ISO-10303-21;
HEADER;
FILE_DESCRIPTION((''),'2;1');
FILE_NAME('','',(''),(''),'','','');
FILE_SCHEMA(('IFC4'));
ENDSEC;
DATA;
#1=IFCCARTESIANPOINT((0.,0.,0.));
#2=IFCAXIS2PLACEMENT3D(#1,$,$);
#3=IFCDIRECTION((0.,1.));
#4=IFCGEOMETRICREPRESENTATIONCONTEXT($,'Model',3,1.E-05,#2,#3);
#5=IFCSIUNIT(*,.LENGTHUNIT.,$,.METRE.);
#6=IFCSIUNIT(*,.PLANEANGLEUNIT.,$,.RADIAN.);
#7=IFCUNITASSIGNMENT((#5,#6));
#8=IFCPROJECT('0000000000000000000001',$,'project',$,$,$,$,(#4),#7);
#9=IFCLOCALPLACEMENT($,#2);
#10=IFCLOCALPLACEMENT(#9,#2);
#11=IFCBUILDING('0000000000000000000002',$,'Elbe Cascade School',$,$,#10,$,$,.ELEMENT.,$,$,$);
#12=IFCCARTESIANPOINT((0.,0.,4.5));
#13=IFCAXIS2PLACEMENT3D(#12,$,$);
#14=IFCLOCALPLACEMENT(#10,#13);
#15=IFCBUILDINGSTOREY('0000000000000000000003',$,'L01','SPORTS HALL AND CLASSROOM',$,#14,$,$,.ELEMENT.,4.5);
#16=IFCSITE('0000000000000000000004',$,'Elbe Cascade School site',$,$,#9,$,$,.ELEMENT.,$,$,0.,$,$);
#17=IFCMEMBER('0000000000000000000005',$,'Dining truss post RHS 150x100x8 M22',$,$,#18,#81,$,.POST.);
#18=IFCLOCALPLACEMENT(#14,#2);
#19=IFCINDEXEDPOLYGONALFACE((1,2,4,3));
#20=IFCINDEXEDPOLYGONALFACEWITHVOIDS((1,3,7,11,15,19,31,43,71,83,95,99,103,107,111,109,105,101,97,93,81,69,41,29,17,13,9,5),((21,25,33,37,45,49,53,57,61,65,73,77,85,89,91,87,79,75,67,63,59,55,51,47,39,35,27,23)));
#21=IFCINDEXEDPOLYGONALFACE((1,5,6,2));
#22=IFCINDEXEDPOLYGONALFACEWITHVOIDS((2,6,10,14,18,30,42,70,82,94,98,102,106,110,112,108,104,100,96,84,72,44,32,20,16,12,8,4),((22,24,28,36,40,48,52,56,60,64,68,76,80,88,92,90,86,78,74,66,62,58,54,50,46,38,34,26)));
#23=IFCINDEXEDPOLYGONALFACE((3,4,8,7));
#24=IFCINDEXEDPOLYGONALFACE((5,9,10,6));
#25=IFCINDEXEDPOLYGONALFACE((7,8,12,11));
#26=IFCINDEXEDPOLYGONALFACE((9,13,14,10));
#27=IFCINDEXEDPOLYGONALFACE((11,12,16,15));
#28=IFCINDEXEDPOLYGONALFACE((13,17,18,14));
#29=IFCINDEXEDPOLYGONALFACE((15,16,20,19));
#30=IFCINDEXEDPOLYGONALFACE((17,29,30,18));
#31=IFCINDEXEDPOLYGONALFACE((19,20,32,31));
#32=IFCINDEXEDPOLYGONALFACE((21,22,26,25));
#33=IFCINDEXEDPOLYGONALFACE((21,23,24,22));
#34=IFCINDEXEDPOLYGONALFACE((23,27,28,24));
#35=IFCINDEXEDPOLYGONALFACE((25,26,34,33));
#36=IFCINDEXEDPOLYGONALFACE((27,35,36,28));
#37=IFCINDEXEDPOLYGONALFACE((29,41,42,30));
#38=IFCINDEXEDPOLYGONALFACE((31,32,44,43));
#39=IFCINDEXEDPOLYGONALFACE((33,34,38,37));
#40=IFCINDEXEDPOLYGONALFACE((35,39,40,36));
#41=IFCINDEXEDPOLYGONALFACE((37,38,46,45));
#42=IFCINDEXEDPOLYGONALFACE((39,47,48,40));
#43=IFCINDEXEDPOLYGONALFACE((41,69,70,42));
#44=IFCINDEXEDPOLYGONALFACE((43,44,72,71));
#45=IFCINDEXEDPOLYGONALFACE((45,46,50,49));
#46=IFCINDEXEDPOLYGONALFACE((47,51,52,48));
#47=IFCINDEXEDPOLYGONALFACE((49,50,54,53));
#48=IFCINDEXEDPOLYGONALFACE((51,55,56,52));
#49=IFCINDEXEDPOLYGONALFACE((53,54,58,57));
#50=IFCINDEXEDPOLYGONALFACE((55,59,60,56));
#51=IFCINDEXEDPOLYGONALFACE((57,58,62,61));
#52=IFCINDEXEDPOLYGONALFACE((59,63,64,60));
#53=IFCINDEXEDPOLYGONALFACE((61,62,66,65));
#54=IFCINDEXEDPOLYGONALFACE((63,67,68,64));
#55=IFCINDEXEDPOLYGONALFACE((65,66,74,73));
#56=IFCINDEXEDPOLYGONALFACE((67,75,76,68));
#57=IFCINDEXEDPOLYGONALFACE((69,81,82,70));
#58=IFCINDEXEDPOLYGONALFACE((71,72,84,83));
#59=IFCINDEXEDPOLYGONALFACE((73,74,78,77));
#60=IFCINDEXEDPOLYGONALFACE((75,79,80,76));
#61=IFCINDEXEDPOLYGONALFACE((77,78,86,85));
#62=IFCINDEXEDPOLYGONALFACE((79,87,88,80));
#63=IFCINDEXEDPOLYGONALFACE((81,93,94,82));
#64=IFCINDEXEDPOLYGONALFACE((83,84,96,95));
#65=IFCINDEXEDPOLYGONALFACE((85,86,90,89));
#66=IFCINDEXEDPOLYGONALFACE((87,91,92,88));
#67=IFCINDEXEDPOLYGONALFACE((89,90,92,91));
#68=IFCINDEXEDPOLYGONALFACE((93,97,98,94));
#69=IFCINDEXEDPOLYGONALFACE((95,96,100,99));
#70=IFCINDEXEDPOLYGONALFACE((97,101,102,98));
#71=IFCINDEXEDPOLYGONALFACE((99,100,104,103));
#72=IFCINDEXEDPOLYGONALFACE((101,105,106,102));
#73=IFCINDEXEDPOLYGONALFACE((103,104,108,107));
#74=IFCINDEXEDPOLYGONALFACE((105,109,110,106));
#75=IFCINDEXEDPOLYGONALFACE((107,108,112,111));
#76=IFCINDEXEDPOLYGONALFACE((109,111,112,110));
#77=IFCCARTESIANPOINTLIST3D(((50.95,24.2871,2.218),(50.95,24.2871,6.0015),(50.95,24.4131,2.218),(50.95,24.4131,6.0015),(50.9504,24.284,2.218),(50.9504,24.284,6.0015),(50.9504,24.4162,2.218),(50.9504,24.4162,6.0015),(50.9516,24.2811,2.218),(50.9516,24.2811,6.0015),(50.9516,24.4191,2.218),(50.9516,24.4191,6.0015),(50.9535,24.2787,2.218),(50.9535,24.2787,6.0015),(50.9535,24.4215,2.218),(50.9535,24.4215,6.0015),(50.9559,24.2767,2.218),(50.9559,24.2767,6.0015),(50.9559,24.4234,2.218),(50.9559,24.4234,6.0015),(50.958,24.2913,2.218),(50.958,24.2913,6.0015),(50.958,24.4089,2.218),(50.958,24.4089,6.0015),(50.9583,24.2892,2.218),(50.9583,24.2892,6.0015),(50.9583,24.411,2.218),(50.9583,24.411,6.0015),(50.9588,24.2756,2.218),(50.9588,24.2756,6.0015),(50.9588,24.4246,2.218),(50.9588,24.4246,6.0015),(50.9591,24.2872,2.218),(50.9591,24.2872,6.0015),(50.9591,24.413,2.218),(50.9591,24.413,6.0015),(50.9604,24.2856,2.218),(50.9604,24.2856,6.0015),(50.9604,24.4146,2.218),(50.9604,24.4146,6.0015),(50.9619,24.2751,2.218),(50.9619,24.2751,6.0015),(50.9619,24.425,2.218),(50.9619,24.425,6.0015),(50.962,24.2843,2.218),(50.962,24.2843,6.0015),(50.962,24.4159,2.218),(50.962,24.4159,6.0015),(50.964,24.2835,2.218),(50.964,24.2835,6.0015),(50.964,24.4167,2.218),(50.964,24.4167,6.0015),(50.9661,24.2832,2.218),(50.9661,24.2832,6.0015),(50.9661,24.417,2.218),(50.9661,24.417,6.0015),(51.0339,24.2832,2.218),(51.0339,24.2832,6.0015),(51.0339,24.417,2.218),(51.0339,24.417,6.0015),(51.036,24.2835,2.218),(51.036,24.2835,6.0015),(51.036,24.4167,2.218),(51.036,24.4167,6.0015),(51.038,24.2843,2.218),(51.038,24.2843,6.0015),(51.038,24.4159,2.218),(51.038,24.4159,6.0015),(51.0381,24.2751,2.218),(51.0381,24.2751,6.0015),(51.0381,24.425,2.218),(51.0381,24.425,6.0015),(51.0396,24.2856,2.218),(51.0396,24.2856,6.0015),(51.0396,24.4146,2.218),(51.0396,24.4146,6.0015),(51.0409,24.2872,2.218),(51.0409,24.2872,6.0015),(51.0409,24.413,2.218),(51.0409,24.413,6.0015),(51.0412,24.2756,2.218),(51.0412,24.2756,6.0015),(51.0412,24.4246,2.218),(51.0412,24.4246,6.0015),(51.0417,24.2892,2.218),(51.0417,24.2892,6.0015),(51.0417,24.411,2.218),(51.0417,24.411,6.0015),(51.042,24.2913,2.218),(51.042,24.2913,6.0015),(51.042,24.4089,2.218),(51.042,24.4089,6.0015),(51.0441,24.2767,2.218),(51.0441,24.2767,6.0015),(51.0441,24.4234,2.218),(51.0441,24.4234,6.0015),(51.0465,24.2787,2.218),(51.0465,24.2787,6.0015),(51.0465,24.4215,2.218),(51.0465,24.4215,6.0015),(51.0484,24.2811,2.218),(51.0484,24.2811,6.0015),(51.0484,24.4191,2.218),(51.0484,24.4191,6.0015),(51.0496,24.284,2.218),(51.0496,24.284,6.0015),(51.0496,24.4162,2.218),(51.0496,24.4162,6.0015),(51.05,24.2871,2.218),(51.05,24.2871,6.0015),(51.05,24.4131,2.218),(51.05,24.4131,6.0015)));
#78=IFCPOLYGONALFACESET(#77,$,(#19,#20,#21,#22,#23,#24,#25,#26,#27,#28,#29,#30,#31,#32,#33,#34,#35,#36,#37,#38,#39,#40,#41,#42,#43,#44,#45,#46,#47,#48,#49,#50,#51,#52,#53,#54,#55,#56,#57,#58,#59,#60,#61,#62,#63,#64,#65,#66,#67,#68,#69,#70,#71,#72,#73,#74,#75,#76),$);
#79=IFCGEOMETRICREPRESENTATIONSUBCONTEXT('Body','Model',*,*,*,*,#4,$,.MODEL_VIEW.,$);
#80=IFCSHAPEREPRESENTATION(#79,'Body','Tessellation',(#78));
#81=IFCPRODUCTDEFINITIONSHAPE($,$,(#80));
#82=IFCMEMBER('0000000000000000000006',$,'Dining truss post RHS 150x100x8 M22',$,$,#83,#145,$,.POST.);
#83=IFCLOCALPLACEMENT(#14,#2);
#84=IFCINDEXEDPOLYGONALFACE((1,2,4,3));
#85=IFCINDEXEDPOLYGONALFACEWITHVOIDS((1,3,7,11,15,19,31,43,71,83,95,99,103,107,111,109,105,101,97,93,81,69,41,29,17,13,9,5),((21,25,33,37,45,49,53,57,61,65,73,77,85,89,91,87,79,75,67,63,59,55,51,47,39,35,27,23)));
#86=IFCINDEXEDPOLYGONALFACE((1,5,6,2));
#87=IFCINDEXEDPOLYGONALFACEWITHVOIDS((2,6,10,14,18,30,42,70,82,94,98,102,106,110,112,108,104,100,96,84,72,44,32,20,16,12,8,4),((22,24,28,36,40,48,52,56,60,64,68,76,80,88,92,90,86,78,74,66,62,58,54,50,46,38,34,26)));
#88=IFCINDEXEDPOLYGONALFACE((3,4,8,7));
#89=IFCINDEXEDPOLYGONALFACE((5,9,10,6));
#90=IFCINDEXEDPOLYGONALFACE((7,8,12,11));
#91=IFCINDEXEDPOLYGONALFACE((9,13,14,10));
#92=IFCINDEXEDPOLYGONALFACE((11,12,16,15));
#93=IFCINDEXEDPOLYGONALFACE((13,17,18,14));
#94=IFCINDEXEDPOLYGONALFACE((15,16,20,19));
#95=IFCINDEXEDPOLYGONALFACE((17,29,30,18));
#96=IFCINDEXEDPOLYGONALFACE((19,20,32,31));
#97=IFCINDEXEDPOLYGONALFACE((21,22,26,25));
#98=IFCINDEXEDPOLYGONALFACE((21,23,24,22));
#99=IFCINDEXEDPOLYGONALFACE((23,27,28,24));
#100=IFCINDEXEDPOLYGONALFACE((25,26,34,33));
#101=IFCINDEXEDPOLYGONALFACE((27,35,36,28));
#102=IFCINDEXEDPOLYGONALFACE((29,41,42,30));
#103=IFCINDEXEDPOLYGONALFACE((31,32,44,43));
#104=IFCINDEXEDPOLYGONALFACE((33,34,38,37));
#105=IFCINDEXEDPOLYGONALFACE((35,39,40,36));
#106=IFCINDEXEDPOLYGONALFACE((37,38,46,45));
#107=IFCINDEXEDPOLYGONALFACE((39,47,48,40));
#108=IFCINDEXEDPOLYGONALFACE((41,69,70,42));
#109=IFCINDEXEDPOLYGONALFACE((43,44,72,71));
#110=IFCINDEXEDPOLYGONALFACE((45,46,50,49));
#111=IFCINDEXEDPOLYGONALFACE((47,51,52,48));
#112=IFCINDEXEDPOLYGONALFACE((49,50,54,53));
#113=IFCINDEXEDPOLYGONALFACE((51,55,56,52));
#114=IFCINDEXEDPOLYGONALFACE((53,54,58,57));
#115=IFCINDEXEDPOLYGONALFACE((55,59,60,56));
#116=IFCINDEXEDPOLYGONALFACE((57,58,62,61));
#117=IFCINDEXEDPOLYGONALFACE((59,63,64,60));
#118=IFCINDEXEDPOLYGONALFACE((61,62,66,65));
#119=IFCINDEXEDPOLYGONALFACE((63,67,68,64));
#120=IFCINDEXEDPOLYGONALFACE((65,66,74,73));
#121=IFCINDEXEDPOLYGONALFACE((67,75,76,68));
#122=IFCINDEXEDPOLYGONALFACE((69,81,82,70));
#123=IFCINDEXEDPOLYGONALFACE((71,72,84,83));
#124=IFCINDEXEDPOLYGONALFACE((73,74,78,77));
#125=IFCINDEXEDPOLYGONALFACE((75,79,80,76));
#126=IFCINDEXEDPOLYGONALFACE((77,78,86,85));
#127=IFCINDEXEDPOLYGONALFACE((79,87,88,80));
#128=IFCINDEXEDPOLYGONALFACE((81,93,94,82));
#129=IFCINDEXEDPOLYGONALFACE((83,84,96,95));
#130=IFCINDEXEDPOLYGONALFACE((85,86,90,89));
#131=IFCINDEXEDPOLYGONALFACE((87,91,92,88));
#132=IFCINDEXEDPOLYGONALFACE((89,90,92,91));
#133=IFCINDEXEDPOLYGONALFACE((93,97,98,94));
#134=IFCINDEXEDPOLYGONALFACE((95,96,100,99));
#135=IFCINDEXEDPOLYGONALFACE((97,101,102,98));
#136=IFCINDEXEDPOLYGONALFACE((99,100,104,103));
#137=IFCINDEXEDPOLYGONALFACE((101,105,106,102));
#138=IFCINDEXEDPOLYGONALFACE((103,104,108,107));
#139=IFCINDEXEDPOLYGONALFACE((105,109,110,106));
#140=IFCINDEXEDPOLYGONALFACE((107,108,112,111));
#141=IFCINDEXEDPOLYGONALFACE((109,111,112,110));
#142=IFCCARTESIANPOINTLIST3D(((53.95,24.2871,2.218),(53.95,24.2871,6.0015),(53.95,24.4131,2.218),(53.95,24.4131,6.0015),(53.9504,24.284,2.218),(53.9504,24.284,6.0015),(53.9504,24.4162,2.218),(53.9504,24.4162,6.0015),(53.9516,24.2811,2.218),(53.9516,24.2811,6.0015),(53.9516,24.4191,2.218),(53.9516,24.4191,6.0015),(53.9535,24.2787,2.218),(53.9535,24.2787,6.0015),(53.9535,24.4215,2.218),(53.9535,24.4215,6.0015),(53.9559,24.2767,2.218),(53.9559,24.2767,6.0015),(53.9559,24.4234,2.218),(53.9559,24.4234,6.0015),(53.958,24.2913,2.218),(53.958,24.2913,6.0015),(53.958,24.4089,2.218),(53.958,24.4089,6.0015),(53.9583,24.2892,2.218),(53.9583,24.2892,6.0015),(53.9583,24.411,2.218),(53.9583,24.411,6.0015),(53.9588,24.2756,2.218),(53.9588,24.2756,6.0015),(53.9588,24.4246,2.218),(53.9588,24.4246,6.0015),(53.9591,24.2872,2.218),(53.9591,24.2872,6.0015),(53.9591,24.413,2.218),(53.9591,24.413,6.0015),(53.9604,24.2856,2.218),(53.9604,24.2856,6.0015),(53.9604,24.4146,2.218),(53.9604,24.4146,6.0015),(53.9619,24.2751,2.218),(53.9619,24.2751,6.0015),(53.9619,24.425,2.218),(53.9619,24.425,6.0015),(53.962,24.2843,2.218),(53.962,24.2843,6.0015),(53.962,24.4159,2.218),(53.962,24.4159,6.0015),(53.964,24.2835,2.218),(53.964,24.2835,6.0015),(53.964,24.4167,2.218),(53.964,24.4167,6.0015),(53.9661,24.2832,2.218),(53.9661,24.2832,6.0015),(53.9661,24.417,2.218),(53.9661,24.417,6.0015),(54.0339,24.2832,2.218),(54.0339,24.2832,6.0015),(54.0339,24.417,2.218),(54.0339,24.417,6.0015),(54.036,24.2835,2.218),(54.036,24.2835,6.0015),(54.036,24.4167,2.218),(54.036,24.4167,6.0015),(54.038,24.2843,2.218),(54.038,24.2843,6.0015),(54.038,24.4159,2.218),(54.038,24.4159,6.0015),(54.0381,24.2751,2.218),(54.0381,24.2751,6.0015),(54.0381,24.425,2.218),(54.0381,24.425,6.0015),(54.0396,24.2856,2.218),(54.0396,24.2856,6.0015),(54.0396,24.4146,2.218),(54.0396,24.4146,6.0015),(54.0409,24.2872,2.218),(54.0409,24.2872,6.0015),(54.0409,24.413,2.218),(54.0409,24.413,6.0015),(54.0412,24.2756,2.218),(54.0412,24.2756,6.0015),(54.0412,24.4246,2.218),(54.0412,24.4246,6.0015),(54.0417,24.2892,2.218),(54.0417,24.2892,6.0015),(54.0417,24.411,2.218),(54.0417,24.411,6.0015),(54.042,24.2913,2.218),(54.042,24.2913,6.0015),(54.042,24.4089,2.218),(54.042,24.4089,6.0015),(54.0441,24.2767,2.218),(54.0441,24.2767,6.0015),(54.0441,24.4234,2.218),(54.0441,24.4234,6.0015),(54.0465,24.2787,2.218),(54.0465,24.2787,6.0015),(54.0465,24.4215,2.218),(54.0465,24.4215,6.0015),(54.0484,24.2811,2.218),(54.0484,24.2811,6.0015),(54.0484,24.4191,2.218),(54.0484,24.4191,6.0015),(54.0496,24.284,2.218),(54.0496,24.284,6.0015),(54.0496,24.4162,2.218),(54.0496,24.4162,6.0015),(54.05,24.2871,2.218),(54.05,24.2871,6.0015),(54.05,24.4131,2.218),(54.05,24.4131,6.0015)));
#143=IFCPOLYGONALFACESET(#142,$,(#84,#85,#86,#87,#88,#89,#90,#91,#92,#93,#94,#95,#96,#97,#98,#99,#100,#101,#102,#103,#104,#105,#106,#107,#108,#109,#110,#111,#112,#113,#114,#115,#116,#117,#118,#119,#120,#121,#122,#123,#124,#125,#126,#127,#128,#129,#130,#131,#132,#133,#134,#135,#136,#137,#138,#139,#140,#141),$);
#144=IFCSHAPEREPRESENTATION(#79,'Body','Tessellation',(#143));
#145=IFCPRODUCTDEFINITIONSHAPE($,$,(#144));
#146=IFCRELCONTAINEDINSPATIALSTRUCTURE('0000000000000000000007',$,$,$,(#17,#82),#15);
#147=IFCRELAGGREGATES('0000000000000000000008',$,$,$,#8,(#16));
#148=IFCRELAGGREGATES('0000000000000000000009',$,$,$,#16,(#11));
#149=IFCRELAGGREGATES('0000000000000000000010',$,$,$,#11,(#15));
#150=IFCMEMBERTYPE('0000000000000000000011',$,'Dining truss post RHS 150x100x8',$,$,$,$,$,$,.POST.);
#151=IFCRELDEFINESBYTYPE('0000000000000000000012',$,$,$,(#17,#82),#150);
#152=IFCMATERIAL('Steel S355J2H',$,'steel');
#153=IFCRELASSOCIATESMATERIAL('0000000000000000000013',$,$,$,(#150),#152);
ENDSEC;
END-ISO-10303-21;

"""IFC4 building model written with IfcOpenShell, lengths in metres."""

from ifc_helpers import new_model, si_unit, direction, frame, origin, origin_2d, place, context, subcontext, project, spatial, hollow_rectangle, extrude, material, material_profile, profile_set, type_object, element, save


model = new_model("IFC4")

# Units and contexts
model_context = context("Model", 3, precision=1e-05, world=origin(), true_north=direction((0.0, 1.0)))
body_context = subcontext(model_context, "Body", "Model", "MODEL_VIEW")
ifc_project = project(units=[si_unit("LENGTHUNIT", "METRE"), si_unit("PLANEANGLEUNIT", "RADIAN")], contexts=[model_context])

# Site, building, storey
site_placement = place(None, origin())
site = spatial("IfcSite", under=ifc_project, at=site_placement, Name="Elbe Cascade School site", CompositionType="ELEMENT", RefElevation=0.0)
building_placement = place(site_placement, origin())
building = spatial("IfcBuilding", under=site, at=building_placement, Name="Elbe Cascade School", CompositionType="ELEMENT")
storey_placement = place(building_placement, frame((0.0, 0.0, 4.5)))
storey = spatial("IfcBuildingStorey", under=building, at=storey_placement, Name="L01", Description="SPORTS HALL AND CLASSROOM", CompositionType="ELEMENT", Elevation=4.5)

# Members
ifc_material_1 = material(Name="Steel S355J2H", Category="steel")
ifc_material_profile_1 = material_profile(ifc_material_1, hollow_rectangle(XDim=0.1001, YDim=0.1499, WallThickness=0.0081, InnerFilletRadius=0.0081, OuterFilletRadius=0.012, at=origin_2d()), Name="RHS 150x100x8")
ifc_profile_set_1 = profile_set([ifc_material_profile_1], Name="Steel S355J2H")
member_type_1 = type_object("IfcMemberType", Name="Dining truss post RHS 150x100x8", PredefinedType="POST", material=ifc_profile_set_1)
for number, where, z_axis, x_axis, name in (
    (1, (51.0, 24.3501, 2.218), (0.0, 0.0, 1.0), (1.0, 0.0, 0.0), "Dining truss post RHS 150x100x8 M22"),
    (2, (54.0, 24.3501, 2.218), (0.0, 0.0, 1.0), (1.0, 0.0, 0.0), "Dining truss post RHS 150x100x8 M22"),
):
    element("IfcMember", number, at=place(storey_placement, frame(where, z_axis=z_axis, x_axis=x_axis)), inside=storey, type_object=member_type_1, Name=name, PredefinedType="POST", context=body_context, shape_type="SweptSolid", body=[
        extrude(hollow_rectangle(XDim=0.1001, YDim=0.1499, WallThickness=0.0081, InnerFilletRadius=0.0081, OuterFilletRadius=0.012, at=origin_2d()), origin(), (0.0, 0.0, 1.0), 3.7834),
    ])

save(model, "model.ifc")
